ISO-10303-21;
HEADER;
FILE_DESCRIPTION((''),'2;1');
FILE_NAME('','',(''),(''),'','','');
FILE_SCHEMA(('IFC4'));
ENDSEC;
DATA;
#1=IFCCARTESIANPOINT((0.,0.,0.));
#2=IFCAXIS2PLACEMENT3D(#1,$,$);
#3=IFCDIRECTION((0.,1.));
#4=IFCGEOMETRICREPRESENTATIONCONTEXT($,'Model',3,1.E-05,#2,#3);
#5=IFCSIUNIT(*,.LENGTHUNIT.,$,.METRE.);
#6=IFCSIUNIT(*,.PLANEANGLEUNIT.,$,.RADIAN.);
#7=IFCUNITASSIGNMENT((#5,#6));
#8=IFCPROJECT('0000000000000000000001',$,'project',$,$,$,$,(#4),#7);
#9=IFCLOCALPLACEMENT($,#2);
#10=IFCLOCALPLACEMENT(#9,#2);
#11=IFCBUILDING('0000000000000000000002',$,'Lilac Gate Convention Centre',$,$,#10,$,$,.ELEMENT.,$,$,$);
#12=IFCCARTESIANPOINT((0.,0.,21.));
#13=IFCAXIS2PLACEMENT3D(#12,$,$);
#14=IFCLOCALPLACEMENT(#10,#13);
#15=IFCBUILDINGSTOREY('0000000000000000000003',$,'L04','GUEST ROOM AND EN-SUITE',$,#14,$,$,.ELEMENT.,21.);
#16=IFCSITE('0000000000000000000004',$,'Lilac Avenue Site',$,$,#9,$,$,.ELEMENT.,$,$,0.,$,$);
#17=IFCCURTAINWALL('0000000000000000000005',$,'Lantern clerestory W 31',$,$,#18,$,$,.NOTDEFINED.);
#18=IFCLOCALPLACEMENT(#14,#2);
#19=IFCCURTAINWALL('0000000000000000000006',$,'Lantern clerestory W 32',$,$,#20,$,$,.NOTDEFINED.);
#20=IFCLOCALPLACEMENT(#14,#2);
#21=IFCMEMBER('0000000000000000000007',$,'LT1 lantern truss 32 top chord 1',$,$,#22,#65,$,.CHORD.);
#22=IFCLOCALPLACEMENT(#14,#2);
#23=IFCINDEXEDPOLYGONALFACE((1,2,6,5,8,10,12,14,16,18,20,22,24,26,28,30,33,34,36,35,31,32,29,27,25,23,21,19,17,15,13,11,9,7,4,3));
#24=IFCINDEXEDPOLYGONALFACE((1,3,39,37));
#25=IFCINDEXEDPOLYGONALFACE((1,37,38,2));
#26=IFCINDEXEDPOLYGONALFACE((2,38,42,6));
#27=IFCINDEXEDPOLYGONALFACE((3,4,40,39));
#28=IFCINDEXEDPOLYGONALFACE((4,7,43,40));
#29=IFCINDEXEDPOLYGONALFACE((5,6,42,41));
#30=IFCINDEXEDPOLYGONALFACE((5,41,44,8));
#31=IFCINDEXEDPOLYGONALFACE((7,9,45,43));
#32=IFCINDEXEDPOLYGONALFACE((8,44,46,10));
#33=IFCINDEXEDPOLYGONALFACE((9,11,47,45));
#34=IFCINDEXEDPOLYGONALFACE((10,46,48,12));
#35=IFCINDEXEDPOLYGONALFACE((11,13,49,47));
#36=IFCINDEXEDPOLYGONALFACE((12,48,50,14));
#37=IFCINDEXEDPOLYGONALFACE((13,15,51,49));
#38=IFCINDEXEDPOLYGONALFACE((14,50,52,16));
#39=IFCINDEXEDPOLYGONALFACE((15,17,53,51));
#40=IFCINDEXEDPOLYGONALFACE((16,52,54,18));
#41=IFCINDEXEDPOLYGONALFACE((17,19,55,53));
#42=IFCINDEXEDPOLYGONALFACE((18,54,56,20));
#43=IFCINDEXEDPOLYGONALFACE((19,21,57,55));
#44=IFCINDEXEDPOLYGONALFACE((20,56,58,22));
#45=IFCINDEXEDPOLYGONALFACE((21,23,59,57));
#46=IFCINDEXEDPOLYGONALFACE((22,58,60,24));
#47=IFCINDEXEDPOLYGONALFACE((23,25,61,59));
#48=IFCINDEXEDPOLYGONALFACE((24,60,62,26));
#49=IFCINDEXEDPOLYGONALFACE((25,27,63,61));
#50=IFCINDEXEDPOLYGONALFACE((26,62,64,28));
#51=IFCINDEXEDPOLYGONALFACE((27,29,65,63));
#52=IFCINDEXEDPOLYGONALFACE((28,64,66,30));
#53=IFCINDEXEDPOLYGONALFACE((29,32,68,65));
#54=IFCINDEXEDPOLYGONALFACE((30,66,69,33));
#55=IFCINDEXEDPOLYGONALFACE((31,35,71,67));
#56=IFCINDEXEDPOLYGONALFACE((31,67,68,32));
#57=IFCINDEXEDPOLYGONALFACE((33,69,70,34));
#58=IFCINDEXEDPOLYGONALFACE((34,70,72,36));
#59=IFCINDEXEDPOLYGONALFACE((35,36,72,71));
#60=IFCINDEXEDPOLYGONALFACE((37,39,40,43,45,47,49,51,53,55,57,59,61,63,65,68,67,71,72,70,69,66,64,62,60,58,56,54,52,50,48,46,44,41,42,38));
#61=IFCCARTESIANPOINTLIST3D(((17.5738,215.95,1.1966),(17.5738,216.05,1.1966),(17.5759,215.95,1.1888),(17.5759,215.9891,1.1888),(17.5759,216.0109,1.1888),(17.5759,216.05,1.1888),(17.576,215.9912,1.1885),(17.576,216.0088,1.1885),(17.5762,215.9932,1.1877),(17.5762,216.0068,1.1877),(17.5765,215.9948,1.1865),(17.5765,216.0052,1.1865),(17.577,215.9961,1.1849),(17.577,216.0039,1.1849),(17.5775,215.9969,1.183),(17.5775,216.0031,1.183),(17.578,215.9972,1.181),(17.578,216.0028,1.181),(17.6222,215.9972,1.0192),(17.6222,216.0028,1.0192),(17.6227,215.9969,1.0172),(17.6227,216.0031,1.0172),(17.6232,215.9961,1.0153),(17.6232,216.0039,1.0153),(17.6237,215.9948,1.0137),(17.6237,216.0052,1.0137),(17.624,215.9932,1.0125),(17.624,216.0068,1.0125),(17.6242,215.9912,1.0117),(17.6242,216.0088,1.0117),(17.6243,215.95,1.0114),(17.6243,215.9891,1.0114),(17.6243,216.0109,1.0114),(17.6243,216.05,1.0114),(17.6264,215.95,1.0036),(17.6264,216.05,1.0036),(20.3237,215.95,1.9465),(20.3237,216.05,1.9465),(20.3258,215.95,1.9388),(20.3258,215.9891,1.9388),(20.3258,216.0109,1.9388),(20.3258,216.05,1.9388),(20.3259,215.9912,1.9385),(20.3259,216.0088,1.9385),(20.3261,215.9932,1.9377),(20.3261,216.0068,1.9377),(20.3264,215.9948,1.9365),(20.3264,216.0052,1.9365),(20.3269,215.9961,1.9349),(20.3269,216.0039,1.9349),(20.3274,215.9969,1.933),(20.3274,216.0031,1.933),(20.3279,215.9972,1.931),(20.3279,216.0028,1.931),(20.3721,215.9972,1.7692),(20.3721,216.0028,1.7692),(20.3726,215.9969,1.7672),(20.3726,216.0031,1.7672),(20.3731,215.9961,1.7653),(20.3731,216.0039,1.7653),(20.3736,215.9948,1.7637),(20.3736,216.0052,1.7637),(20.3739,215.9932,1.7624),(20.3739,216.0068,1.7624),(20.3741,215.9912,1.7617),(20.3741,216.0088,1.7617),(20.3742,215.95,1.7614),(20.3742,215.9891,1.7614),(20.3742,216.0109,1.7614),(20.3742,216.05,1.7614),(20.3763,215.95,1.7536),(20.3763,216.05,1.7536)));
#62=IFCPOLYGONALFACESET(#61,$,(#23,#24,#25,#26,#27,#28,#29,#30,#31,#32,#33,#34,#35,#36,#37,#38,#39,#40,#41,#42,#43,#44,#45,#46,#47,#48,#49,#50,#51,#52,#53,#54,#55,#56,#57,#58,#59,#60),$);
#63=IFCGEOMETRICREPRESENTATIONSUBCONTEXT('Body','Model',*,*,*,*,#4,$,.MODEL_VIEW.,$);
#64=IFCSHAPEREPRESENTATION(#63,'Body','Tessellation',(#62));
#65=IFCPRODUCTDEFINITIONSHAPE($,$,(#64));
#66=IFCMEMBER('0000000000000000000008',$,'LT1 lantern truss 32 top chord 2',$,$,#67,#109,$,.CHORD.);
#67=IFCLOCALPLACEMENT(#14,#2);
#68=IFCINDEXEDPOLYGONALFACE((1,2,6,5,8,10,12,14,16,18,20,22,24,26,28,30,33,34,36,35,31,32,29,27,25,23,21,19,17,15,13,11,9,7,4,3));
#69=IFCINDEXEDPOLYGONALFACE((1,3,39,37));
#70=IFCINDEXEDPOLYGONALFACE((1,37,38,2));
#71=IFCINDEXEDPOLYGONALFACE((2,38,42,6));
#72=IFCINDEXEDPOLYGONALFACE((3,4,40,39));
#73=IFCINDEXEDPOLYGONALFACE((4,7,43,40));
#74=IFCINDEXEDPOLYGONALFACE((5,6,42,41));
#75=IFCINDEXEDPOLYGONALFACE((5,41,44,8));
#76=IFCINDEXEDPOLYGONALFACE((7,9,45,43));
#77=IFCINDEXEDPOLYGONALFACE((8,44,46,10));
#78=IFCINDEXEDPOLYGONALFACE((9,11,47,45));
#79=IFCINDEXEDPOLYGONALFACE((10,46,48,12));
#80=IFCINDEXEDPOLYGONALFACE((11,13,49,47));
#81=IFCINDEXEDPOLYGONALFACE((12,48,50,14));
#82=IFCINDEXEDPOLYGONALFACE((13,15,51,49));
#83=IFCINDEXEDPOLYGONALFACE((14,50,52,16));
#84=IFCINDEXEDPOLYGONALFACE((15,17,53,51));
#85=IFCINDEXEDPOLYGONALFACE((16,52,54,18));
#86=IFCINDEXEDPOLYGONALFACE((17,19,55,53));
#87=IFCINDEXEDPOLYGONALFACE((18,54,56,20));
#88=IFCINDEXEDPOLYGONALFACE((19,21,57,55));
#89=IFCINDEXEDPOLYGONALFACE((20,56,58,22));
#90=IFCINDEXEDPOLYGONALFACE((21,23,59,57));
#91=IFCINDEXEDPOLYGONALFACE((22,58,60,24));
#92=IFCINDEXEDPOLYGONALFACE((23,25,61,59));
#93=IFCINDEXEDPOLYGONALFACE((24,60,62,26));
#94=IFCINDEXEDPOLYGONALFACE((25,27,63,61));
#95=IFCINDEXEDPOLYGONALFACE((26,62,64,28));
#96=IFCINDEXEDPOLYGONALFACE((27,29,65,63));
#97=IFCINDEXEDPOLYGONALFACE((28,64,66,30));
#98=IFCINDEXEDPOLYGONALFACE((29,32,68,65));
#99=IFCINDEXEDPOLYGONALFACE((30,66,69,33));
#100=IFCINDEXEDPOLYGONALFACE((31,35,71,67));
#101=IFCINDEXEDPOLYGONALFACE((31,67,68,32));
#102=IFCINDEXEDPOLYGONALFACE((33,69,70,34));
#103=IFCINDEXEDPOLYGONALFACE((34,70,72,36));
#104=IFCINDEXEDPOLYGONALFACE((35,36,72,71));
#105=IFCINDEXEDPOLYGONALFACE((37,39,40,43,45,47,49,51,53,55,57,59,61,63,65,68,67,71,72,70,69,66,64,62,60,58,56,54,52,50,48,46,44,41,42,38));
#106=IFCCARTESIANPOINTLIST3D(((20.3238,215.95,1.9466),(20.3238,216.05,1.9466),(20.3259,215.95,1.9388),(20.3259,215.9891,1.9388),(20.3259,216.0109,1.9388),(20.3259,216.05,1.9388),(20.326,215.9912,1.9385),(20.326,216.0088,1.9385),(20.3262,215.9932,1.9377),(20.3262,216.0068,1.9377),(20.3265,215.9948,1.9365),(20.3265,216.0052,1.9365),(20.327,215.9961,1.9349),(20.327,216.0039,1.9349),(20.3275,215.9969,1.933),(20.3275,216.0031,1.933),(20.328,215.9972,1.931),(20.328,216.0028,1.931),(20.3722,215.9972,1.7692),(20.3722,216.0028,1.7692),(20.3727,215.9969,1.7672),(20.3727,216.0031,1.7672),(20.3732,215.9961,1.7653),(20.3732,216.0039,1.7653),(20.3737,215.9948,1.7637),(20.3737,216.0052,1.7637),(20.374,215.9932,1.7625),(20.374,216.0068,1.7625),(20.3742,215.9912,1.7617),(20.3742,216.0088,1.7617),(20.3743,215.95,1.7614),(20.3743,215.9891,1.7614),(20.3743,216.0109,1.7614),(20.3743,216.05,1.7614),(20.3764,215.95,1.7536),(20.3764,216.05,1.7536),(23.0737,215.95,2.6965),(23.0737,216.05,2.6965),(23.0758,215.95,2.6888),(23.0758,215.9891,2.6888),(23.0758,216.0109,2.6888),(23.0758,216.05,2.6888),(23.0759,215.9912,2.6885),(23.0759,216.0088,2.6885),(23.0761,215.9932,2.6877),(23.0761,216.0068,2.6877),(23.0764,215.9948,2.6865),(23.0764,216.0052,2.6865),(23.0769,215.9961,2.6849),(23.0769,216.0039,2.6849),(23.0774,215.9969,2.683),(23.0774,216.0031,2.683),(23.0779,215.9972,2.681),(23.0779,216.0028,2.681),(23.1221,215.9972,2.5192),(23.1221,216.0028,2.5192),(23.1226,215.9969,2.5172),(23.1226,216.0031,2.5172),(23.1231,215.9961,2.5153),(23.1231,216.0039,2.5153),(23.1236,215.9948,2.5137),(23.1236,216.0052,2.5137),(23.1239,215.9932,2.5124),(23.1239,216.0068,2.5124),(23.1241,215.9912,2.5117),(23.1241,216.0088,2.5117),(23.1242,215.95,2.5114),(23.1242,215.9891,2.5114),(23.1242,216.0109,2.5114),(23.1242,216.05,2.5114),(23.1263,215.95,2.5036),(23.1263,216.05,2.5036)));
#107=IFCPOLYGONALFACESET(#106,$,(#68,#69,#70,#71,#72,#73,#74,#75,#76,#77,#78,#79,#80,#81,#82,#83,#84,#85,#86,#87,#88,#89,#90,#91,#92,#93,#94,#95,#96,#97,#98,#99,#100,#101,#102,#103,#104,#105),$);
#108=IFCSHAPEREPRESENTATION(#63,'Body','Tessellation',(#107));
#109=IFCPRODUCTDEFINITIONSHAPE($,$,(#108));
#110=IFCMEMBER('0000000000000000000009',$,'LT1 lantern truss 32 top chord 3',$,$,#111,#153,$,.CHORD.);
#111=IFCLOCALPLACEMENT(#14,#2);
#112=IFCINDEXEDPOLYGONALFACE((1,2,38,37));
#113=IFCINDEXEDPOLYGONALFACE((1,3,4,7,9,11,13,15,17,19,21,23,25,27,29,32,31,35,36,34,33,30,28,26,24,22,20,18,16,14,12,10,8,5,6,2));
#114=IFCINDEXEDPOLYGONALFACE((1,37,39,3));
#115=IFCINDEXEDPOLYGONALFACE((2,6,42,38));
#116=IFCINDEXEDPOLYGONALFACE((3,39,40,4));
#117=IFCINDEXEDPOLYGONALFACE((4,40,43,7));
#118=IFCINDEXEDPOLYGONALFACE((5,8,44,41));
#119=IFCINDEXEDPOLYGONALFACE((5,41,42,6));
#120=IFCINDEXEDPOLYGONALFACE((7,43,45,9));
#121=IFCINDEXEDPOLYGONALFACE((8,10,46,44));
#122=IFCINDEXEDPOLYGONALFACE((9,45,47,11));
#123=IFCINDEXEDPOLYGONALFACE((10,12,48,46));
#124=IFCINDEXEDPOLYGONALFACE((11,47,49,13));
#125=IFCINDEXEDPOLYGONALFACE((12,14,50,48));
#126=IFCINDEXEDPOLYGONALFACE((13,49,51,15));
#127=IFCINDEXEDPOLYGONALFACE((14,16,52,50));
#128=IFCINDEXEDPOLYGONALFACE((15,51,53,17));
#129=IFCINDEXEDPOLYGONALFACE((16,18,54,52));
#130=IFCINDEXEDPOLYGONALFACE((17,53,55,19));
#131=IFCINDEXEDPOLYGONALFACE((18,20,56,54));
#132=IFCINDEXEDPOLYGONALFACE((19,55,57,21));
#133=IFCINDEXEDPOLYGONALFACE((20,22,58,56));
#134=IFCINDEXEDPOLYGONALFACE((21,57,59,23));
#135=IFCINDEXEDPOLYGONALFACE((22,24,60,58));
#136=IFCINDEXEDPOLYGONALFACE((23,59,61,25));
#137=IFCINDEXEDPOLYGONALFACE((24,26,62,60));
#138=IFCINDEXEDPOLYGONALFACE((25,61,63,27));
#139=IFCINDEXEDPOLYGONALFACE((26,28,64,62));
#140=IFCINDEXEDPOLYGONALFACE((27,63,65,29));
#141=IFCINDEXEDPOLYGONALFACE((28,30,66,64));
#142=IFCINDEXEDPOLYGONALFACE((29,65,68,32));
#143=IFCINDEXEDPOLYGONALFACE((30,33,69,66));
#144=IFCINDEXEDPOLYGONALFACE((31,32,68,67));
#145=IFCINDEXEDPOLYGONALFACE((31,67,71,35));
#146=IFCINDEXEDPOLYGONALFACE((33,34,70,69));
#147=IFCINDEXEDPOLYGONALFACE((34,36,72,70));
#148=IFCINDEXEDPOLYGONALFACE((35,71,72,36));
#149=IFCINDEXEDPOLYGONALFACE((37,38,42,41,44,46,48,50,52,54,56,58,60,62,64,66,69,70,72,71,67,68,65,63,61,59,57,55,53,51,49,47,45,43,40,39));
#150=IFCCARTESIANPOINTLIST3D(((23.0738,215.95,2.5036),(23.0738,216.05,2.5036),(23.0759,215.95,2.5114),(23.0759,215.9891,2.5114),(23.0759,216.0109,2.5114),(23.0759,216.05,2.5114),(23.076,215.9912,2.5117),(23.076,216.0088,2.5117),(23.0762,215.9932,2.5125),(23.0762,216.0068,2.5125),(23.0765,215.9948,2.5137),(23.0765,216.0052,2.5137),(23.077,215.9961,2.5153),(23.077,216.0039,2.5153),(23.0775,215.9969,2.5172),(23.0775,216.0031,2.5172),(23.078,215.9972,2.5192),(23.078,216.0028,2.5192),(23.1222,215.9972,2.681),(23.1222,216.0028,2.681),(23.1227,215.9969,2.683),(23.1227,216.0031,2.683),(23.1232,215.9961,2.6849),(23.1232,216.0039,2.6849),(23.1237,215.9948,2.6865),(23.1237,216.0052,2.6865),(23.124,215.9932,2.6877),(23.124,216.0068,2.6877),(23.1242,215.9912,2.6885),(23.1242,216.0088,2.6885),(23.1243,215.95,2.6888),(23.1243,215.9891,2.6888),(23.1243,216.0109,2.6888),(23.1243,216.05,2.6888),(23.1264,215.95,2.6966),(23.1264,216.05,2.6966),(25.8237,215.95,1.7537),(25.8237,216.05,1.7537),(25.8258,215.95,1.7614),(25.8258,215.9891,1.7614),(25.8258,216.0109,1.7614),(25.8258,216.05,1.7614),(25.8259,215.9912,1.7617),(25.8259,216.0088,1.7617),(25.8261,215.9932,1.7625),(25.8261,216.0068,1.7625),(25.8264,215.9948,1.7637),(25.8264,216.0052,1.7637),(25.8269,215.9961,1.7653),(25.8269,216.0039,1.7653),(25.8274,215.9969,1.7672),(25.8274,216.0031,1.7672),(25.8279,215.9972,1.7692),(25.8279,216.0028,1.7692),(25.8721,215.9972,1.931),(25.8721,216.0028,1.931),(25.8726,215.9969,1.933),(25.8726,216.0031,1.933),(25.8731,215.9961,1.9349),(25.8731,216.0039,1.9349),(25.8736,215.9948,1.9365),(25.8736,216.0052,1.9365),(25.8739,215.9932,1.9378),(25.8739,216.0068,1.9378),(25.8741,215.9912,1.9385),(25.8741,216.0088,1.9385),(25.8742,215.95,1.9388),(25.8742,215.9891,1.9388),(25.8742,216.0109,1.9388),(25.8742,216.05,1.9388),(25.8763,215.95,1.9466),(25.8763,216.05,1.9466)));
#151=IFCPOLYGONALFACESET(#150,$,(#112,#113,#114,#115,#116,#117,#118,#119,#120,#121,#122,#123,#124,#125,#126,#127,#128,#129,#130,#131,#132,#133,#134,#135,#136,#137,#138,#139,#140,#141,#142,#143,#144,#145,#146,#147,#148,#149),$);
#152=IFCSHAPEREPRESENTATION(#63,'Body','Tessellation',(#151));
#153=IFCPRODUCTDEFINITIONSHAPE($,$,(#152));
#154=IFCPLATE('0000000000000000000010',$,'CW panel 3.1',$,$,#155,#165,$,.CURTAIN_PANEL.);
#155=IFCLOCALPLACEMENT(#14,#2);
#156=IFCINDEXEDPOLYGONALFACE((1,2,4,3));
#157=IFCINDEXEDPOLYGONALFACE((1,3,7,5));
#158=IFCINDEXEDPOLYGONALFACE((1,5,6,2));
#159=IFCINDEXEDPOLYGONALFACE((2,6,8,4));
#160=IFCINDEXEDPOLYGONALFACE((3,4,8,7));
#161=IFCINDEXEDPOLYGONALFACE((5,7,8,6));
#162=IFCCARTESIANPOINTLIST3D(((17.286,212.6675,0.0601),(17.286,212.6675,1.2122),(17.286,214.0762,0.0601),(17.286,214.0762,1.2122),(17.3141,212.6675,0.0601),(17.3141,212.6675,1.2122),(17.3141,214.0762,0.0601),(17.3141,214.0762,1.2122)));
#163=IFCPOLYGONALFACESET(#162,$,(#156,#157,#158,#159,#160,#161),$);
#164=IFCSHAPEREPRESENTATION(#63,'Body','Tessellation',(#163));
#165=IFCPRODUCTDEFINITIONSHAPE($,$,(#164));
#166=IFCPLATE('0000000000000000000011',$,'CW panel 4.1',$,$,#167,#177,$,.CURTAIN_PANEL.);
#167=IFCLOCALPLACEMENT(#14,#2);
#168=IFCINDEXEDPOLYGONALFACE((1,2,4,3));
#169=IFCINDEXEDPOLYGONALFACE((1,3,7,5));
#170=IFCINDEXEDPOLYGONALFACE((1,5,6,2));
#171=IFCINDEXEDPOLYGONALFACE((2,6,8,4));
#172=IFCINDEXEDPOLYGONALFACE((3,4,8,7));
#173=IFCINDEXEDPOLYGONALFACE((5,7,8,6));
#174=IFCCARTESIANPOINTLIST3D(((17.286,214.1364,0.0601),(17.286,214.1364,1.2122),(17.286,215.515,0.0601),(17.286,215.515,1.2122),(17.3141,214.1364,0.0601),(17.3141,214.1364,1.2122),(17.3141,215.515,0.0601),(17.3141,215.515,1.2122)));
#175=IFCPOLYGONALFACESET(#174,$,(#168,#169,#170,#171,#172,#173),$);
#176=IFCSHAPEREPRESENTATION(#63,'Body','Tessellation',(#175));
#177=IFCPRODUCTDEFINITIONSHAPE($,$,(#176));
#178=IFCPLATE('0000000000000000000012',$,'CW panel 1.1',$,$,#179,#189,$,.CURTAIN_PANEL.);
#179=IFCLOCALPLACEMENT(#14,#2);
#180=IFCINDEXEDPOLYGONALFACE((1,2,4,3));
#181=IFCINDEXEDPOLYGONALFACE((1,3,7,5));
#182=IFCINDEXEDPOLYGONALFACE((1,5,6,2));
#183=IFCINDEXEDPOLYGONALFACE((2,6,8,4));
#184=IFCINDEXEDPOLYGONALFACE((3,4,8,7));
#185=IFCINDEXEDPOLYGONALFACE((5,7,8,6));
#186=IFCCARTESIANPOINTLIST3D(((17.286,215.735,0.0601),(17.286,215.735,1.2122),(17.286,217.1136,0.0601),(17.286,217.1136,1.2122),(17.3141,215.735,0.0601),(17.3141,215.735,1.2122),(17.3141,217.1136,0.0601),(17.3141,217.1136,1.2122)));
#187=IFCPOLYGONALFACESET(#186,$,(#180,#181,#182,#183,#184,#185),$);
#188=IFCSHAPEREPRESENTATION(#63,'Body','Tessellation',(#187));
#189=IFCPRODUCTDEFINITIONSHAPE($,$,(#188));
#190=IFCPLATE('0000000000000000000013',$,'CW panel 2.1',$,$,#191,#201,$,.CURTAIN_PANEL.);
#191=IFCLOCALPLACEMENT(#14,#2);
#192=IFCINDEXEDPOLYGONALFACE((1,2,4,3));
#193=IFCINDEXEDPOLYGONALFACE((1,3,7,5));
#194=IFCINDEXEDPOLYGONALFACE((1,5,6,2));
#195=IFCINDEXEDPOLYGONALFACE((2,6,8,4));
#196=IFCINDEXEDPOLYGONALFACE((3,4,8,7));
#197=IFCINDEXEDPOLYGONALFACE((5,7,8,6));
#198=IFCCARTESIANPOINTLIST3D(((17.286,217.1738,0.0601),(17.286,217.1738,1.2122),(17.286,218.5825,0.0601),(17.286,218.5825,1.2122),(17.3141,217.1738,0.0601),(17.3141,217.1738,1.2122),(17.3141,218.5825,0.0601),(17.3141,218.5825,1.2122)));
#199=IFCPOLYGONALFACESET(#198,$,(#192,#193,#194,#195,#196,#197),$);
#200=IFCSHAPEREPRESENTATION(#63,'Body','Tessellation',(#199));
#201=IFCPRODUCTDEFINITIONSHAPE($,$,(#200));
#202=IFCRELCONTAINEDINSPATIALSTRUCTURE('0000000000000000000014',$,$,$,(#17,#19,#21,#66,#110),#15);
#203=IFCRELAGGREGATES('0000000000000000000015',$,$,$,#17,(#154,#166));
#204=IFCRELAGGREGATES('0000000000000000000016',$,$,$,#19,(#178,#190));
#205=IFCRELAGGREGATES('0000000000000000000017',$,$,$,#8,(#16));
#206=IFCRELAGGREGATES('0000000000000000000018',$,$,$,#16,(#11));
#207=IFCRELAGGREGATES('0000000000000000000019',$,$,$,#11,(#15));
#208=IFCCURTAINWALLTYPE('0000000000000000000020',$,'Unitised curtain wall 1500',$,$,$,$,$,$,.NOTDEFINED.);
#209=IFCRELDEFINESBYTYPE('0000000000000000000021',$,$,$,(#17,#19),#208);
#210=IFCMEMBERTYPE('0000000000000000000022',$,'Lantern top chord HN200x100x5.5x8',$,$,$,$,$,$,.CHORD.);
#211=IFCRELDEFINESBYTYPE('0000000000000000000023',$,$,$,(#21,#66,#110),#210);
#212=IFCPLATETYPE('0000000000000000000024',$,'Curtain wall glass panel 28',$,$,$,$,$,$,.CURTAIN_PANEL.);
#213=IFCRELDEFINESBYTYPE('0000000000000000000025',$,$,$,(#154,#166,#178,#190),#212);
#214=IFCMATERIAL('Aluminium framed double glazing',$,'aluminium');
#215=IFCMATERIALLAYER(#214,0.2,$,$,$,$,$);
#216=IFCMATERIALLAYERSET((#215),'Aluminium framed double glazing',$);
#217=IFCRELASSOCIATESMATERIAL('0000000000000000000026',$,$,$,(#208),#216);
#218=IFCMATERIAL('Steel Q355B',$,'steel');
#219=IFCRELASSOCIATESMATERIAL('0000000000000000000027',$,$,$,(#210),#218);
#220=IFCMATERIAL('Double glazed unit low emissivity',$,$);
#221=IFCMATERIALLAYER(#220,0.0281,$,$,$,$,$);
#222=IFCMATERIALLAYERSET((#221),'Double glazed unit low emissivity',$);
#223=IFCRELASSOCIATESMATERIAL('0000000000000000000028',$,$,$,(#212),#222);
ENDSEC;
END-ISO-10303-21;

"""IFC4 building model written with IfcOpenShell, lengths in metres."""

from ifc_helpers import new_model, si_unit, direction, frame, origin, origin_2d, place, context, subcontext, project, spatial, rectangle, i_section, extrude, material, layer, layer_set, material_profile, profile_set, type_object, element, aggregate, save


model = new_model("IFC4")

# Units and contexts
model_context = context("Model", 3, precision=1e-05, world=origin(), true_north=direction((0.0, 1.0)))
body_context = subcontext(model_context, "Body", "Model", "MODEL_VIEW")
ifc_project = project(units=[si_unit("LENGTHUNIT", "METRE"), si_unit("PLANEANGLEUNIT", "RADIAN")], contexts=[model_context])

# Site, building, storey
site_placement = place(None, origin())
site = spatial("IfcSite", under=ifc_project, at=site_placement, Name="Lilac Avenue Site", CompositionType="ELEMENT", RefElevation=0.0)
building_placement = place(site_placement, origin())
building = spatial("IfcBuilding", under=site, at=building_placement, Name="Lilac Gate Convention Centre", CompositionType="ELEMENT")
storey_placement = place(building_placement, frame((0.0, 0.0, 21.0)))
storey = spatial("IfcBuildingStorey", under=building, at=storey_placement, Name="L04", Description="GUEST ROOM AND EN-SUITE", CompositionType="ELEMENT", Elevation=21.0)

# Curtain walls
ifc_material_1 = material(Name="Aluminium framed double glazing", Category="aluminium")
ifc_layer_1 = layer(ifc_material_1, 0.2)
ifc_layer_set_1 = layer_set([ifc_layer_1], Name="Aluminium framed double glazing")
curtain_wall_type = type_object("IfcCurtainWallType", Name="Unitised curtain wall 1500", PredefinedType="NOTDEFINED", material=ifc_layer_set_1)
curtain_wall_1_placement = place(storey_placement, origin())
curtain_wall_1 = element("IfcCurtainWall", 1, at=curtain_wall_1_placement, inside=storey, type_object=curtain_wall_type, Name="Lantern clerestory W 31", PredefinedType="NOTDEFINED")
curtain_wall_2_placement = place(storey_placement, origin())
curtain_wall_2 = element("IfcCurtainWall", 2, at=curtain_wall_2_placement, inside=storey, type_object=curtain_wall_type, Name="Lantern clerestory W 32", PredefinedType="NOTDEFINED")

# Members
ifc_material_2 = material(Name="Steel Q355B", Category="steel")
ifc_material_profile_1 = material_profile(ifc_material_2, i_section(OverallWidth=0.1001, OverallDepth=0.2, WebThickness=0.0056, FlangeThickness=0.0081, FilletRadius=0.0081, at=origin_2d()), Name="HN200x100x5.5x8")
ifc_profile_set_1 = profile_set([ifc_material_profile_1], Name="Steel Q355B")
member_type_1 = type_object("IfcMemberType", Name="Lantern top chord HN200x100x5.5x8", PredefinedType="CHORD", material=ifc_profile_set_1)
for number, where, z_axis, x_axis, name in (
    (3, (17.6001, 216.0, 1.1001), (0.964764, 0.0, 0.263117), (0.0, 1.0, 0.0), "LT1 lantern truss 32 top chord 1"),
    (4, (20.3501, 216.0, 1.8501), (0.964764, 0.0, 0.263117), (0.0, 1.0, 0.0), "LT1 lantern truss 32 top chord 2"),
    (5, (23.1001, 216.0, 2.6001), (0.964764, 0.0, -0.263117), (0.0, 1.0, 0.0), "LT1 lantern truss 32 top chord 3"),
):
    element("IfcMember", number, at=place(storey_placement, frame(where, z_axis=z_axis, x_axis=x_axis)), inside=storey, type_object=member_type_1, Name=name, PredefinedType="CHORD", context=body_context, shape_type="SweptSolid", body=[
        extrude(i_section(OverallWidth=0.1001, OverallDepth=0.2, WebThickness=0.0056, FlangeThickness=0.0081, FilletRadius=0.0081, at=origin_2d()), origin(), (0.0, 0.0, 1.0), 2.8503),
    ])

# Plates
ifc_material_3 = material(Name="Double glazed unit low emissivity")
ifc_layer_2 = layer(ifc_material_3, 0.0281)
ifc_layer_set_2 = layer_set([ifc_layer_2], Name="Double glazed unit low emissivity")
plate_type = type_object("IfcPlateType", Name="Curtain wall glass panel 28", PredefinedType="CURTAIN_PANEL", material=ifc_layer_set_2)
plate_1_placement = place(storey_placement, frame((17.3, 213.3718, 0.0601), z_axis=(0.0, 0.0, 1.0), x_axis=(0.0, 1.0, 0.0)))
plate_1 = element("IfcPlate", 6, at=plate_1_placement, type_object=plate_type, Name="CW panel 3.1", PredefinedType="CURTAIN_PANEL", context=body_context, shape_type="SweptSolid", body=[
    extrude(rectangle(XDim=1.4087, YDim=0.0281, at=origin_2d()), origin(), (0.0, 0.0, 1.0), 1.1521),
])
plate_2_placement = place(storey_placement, frame((17.3, 214.8257, 0.0601), z_axis=(0.0, 0.0, 1.0), x_axis=(0.0, 1.0, 0.0)))
plate_2 = element("IfcPlate", 7, at=plate_2_placement, type_object=plate_type, Name="CW panel 4.1", PredefinedType="CURTAIN_PANEL", context=body_context, shape_type="SweptSolid", body=[
    extrude(rectangle(XDim=1.3787, YDim=0.0281, at=origin_2d()), origin(), (0.0, 0.0, 1.0), 1.1521),
])
aggregate(curtain_wall_1, [plate_1, plate_2])
plate_3_placement = place(storey_placement, frame((17.3, 216.4243, 0.0601), z_axis=(0.0, 0.0, 1.0), x_axis=(0.0, 1.0, 0.0)))
plate_3 = element("IfcPlate", 8, at=plate_3_placement, type_object=plate_type, Name="CW panel 1.1", PredefinedType="CURTAIN_PANEL", context=body_context, shape_type="SweptSolid", body=[
    extrude(rectangle(XDim=1.3787, YDim=0.0281, at=origin_2d()), origin(), (0.0, 0.0, 1.0), 1.1521),
])
plate_4_placement = place(storey_placement, frame((17.3, 217.8782, 0.0601), z_axis=(0.0, 0.0, 1.0), x_axis=(0.0, 1.0, 0.0)))
plate_4 = element("IfcPlate", 9, at=plate_4_placement, type_object=plate_type, Name="CW panel 2.1", PredefinedType="CURTAIN_PANEL", context=body_context, shape_type="SweptSolid", body=[
    extrude(rectangle(XDim=1.4087, YDim=0.0281, at=origin_2d()), origin(), (0.0, 0.0, 1.0), 1.1521),
])
aggregate(curtain_wall_2, [plate_3, plate_4])

save(model, "model.ifc")
